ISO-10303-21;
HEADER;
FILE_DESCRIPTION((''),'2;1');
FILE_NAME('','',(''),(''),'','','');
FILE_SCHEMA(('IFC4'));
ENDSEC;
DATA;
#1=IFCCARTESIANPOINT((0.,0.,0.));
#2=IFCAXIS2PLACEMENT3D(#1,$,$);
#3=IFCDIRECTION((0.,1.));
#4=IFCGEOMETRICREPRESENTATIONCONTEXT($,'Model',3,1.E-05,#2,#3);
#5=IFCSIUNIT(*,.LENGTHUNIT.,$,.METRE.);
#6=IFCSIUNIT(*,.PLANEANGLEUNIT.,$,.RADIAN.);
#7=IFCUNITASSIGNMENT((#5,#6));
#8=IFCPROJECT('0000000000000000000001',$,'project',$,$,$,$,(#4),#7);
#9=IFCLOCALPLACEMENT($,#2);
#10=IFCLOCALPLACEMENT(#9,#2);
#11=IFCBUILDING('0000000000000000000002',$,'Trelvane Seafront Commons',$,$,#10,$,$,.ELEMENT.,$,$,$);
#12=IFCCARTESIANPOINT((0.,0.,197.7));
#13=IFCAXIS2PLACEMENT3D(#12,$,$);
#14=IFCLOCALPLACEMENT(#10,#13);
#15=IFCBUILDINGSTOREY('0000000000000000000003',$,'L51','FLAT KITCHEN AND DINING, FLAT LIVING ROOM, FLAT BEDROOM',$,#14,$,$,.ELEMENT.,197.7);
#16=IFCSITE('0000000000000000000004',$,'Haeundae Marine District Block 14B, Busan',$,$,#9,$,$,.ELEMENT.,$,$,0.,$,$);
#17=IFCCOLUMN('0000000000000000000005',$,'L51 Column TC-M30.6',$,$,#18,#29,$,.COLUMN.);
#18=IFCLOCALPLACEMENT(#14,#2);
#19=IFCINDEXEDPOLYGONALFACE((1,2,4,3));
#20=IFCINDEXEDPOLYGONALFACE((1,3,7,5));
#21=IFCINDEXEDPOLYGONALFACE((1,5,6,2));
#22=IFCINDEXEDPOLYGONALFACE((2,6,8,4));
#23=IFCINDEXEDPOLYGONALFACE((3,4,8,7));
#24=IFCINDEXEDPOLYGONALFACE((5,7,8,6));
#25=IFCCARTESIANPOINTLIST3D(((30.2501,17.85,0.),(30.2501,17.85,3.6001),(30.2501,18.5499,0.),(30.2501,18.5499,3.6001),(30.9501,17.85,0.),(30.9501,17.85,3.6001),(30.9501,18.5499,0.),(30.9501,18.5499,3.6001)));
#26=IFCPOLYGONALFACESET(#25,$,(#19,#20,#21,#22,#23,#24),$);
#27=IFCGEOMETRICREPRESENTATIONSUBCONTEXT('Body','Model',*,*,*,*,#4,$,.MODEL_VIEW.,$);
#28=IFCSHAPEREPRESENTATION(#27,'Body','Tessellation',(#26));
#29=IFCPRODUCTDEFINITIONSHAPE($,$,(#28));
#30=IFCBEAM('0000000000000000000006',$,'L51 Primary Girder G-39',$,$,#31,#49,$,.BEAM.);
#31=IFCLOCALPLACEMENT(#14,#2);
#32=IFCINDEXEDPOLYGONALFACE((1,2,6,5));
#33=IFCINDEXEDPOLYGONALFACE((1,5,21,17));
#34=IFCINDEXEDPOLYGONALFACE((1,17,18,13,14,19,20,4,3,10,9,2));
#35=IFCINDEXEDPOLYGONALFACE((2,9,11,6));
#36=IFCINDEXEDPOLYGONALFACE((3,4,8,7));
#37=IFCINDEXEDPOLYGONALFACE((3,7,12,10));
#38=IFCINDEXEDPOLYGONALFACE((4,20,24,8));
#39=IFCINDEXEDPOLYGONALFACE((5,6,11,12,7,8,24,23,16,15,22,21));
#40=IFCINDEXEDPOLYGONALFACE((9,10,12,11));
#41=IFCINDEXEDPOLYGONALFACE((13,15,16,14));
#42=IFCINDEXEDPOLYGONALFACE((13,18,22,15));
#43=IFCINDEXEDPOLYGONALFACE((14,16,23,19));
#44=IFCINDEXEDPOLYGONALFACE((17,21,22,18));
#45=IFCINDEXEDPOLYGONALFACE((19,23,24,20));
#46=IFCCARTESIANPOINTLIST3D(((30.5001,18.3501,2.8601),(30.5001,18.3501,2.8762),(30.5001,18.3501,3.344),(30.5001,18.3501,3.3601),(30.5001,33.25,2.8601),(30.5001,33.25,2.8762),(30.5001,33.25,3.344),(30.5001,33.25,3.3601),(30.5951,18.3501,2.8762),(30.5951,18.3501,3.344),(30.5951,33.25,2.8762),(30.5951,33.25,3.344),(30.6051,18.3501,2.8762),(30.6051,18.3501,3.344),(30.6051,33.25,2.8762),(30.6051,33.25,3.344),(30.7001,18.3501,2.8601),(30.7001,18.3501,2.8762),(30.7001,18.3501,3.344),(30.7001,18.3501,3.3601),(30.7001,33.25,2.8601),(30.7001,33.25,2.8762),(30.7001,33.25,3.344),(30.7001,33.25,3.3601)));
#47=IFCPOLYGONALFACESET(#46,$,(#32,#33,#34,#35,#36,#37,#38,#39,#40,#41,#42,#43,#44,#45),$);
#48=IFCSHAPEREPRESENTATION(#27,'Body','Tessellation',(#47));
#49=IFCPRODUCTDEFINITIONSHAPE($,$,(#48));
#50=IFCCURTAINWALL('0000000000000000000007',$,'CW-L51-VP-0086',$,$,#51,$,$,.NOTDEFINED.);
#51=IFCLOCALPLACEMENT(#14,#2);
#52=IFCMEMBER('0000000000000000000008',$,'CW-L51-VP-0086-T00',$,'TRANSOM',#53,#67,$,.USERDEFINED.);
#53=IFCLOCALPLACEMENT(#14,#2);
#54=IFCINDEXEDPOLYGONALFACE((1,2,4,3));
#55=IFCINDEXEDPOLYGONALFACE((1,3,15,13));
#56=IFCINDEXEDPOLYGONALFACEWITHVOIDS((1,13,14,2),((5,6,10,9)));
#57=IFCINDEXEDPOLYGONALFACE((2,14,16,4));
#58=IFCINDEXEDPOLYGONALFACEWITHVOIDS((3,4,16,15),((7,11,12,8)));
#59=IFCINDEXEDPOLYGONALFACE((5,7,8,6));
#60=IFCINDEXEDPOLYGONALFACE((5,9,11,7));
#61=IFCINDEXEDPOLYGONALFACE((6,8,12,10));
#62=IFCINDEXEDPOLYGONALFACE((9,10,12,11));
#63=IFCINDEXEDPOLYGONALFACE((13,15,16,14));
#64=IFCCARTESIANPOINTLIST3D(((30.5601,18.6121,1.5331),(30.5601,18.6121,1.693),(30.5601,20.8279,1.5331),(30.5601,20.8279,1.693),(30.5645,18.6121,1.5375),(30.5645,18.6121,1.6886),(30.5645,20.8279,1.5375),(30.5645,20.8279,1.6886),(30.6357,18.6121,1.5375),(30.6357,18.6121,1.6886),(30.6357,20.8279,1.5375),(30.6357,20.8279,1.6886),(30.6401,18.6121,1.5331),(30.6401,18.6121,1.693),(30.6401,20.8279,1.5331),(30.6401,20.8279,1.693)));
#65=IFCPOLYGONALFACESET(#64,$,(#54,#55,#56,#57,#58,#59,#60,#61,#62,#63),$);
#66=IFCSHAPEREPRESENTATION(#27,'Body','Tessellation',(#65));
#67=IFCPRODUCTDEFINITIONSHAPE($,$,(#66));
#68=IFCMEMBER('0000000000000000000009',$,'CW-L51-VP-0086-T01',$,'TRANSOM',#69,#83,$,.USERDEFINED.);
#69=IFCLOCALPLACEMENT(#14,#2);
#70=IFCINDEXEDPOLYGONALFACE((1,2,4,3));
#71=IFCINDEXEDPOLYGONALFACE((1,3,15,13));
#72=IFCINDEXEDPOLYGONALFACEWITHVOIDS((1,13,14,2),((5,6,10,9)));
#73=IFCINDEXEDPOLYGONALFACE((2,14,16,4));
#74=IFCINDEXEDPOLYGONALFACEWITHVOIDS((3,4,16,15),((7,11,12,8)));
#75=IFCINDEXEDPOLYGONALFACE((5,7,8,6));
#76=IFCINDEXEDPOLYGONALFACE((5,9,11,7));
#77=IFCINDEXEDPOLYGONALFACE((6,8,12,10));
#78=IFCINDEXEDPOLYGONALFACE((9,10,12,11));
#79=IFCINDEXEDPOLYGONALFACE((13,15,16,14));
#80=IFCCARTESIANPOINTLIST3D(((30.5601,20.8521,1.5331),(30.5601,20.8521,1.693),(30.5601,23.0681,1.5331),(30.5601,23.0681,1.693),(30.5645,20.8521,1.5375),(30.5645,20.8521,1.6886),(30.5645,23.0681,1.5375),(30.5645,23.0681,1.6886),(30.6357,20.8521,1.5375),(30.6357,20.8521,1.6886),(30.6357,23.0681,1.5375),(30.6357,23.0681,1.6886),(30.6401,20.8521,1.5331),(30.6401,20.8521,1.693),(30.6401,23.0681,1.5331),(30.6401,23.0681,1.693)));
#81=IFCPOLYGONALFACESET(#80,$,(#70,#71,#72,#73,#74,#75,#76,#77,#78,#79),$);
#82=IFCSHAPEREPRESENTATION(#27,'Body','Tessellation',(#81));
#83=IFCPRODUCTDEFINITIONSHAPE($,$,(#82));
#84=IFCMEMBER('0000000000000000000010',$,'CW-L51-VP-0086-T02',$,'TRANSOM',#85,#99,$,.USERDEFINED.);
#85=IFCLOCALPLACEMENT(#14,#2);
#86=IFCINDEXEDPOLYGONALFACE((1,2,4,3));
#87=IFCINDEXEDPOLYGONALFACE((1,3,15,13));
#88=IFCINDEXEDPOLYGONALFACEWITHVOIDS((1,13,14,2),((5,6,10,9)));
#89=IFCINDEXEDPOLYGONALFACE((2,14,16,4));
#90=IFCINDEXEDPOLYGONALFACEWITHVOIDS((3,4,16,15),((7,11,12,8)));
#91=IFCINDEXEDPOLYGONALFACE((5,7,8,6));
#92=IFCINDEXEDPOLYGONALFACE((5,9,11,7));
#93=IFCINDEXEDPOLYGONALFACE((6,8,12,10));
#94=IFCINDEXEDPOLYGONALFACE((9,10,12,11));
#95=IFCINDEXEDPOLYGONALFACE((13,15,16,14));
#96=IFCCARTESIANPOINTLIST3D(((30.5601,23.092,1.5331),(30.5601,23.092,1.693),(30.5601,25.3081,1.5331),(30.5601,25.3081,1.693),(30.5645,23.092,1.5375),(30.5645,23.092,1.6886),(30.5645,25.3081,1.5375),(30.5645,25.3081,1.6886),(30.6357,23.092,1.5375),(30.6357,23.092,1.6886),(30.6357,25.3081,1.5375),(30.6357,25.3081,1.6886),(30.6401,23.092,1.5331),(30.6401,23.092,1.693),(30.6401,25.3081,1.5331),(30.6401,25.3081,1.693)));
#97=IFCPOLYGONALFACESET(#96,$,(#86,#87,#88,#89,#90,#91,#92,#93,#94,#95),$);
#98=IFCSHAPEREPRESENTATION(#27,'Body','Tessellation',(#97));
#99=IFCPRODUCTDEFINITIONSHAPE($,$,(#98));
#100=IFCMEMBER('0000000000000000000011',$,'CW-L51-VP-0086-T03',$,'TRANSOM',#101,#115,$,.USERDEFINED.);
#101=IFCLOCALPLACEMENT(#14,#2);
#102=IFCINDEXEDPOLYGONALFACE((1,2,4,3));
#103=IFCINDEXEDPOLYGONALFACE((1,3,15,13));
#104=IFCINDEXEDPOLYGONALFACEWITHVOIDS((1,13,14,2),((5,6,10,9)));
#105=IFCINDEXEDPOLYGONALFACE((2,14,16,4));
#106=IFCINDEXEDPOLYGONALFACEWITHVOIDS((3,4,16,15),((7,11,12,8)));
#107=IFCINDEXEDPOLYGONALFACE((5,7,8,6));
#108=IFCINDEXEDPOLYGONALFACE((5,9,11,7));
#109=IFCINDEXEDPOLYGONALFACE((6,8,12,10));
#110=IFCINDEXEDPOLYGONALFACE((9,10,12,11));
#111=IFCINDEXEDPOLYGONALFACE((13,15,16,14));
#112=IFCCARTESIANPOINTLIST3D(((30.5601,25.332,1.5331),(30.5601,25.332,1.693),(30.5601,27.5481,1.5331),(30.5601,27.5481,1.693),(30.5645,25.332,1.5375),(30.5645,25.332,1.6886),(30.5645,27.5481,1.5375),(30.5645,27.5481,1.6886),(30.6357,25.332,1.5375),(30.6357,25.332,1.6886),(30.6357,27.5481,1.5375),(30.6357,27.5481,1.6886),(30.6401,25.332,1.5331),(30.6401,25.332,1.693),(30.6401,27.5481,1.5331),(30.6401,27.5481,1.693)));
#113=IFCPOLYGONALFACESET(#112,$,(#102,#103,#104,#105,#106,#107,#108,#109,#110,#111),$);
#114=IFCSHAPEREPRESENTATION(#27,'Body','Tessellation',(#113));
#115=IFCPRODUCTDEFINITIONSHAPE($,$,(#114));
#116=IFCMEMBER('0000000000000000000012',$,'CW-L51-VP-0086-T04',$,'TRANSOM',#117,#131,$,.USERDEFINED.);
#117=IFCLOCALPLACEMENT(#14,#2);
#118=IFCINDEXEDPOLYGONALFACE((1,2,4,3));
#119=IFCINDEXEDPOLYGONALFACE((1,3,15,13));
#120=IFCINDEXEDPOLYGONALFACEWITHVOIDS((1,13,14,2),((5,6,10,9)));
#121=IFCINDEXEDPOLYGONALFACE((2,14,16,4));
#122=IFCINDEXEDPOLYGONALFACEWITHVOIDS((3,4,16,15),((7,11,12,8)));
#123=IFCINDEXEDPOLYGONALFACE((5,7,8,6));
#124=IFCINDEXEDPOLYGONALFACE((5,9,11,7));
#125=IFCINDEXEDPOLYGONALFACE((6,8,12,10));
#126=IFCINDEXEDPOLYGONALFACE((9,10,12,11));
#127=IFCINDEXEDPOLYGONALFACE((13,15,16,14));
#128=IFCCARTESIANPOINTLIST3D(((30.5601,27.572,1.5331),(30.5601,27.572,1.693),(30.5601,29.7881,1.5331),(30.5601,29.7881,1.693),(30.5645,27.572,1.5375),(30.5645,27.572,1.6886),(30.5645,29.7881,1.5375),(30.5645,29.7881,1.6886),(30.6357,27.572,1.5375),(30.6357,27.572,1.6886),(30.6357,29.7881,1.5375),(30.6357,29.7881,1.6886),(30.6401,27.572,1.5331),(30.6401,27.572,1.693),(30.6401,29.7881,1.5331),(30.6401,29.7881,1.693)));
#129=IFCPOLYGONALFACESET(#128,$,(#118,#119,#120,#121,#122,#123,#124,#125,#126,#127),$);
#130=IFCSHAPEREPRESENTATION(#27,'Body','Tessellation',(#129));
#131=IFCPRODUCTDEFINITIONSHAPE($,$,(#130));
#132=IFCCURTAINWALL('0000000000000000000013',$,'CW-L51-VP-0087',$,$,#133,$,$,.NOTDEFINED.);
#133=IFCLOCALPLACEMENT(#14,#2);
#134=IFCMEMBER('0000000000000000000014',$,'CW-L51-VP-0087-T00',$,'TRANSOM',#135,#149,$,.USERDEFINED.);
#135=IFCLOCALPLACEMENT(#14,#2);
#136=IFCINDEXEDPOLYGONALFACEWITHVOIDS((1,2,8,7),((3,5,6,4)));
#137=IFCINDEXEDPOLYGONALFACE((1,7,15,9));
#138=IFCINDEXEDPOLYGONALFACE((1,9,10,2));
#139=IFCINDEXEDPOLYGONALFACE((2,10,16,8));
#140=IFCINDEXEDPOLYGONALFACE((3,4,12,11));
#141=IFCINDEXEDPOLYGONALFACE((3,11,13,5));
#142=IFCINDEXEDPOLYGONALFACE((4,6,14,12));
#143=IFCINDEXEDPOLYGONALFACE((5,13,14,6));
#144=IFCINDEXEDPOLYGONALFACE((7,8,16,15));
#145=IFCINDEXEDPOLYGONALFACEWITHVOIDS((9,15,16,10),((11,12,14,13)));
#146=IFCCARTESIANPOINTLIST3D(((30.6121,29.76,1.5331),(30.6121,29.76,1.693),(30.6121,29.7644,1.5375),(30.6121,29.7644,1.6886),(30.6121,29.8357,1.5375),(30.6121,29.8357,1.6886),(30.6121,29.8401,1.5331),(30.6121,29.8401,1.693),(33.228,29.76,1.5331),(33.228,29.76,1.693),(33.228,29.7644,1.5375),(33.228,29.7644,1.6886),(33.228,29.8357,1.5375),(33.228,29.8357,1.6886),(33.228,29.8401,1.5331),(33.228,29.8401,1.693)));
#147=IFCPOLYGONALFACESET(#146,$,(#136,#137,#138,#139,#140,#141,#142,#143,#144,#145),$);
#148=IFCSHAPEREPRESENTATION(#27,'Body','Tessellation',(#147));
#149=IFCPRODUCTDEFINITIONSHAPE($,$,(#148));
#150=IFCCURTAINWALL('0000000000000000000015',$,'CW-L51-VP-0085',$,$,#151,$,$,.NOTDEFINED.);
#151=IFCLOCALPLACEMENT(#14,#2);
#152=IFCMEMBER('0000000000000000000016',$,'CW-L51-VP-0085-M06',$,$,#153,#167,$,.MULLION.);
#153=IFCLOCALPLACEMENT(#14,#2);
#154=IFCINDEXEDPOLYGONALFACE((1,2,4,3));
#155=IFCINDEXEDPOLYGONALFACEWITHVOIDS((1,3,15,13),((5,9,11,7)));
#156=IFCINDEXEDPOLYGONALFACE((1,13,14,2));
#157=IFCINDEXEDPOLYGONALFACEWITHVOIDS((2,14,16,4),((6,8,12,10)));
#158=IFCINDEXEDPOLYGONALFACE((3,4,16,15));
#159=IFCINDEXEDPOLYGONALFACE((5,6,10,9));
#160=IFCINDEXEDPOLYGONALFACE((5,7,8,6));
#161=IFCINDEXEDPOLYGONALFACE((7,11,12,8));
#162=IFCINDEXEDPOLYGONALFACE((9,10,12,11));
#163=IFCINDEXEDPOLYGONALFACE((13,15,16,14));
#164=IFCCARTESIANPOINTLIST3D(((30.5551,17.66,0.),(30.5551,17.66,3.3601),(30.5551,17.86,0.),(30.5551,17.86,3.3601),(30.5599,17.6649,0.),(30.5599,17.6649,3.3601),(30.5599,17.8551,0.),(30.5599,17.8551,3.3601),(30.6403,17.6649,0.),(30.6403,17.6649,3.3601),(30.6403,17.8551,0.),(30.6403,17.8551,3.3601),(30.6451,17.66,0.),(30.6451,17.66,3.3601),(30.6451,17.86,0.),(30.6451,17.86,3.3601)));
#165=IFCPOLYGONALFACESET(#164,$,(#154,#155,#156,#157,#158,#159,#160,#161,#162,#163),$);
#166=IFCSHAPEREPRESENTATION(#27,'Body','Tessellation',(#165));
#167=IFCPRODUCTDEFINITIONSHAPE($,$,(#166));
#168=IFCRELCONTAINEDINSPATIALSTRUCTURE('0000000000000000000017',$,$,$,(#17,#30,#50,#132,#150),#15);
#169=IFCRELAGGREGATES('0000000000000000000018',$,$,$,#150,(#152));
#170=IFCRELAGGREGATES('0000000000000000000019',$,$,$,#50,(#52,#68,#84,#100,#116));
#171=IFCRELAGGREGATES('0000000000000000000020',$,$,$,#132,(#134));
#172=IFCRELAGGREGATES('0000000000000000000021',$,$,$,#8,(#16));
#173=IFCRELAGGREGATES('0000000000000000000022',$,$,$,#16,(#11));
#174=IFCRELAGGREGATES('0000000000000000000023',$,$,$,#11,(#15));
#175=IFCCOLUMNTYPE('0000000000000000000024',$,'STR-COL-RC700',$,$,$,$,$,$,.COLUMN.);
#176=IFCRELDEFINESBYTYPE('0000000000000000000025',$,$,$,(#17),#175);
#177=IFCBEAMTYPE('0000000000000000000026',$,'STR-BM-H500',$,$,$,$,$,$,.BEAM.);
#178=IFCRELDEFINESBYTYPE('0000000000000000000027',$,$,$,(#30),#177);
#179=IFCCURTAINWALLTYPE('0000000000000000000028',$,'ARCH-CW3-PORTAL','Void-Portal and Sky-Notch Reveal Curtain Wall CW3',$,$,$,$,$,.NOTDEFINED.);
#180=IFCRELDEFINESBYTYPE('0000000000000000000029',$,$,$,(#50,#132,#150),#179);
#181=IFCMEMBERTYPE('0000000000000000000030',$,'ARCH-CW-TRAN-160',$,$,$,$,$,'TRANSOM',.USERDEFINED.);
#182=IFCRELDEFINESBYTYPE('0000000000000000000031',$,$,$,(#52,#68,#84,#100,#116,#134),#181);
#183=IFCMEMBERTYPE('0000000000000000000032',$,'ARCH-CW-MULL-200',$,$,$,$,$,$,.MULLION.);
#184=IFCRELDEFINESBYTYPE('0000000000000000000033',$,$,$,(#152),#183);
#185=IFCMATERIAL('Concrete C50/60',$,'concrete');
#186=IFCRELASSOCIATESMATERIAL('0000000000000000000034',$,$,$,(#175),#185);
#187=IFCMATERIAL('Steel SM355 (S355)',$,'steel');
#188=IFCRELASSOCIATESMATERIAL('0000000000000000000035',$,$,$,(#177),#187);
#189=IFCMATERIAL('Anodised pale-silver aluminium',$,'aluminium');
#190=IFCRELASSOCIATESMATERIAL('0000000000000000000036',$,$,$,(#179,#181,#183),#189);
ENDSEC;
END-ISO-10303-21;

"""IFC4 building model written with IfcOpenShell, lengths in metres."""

from ifc_helpers import new_model, si_unit, direction, frame, origin, origin_2d, place, context, subcontext, project, spatial, rectangle, hollow_rectangle, i_section, extrude, source, transform, mapped, material, material_profile, profile_set, type_object, element, aggregate, save


model = new_model("IFC4")

# Units and contexts
model_context = context("Model", 3, precision=1e-05, world=origin(), true_north=direction((0.0, 1.0)))
body_context = subcontext(model_context, "Body", "Model", "MODEL_VIEW")
ifc_project = project(units=[si_unit("LENGTHUNIT", "METRE"), si_unit("PLANEANGLEUNIT", "RADIAN")], contexts=[model_context])

# Site, building, storey
site_placement = place(None, origin())
site = spatial("IfcSite", under=ifc_project, at=site_placement, Name="Haeundae Marine District Block 14B, Busan", CompositionType="ELEMENT", RefElevation=0.0)
building_placement = place(site_placement, origin())
building = spatial("IfcBuilding", under=site, at=building_placement, Name="Trelvane Seafront Commons", CompositionType="ELEMENT")
storey_placement = place(building_placement, frame((0.0, 0.0, 197.7)))
storey = spatial("IfcBuildingStorey", under=building, at=storey_placement, Name="L51", Description="FLAT KITCHEN AND DINING, FLAT LIVING ROOM, FLAT BEDROOM", CompositionType="ELEMENT", Elevation=197.7)

# Column
ifc_material_1 = material(Name="Concrete C50/60", Category="concrete")
ifc_material_profile_1 = material_profile(ifc_material_1, rectangle(XDim=0.7, YDim=0.7, at=origin_2d()), Name="RC-700x700")
ifc_profile_set_1 = profile_set([ifc_material_profile_1], Name="Concrete C50/60")
column_type = type_object("IfcColumnType", Name="STR-COL-RC700", PredefinedType="COLUMN", material=ifc_profile_set_1)
shared_shape_1 = source(origin(), body_context, "Body", "SweptSolid", [
    extrude(rectangle(XDim=0.7, YDim=0.7, at=origin_2d()), origin(), (0.0, 0.0, 1.0), 3.6001),
])
column_placement = place(storey_placement, frame((30.6001, 18.2, 0.0), z_axis=(0.0, 0.0, 1.0), x_axis=(1.0, 0.0, 0.0)))
element("IfcColumn", 1, at=column_placement, inside=storey, type_object=column_type, Name="L51 Column TC-M30.6", PredefinedType="COLUMN", context=body_context, shape_type="MappedRepresentation", body=[
    mapped(shared_shape_1, transform((0.0, 0.0, 0.0), x_axis=(1.0, 0.0, 0.0), y_axis=(0.0, 1.0, 0.0), z_axis=(0.0, 0.0, 1.0), scale=1.0)),
])

# Beam
ifc_material_2 = material(Name="Steel SM355 (S355)", Category="steel")
ifc_material_profile_2 = material_profile(ifc_material_2, i_section(OverallWidth=0.2, OverallDepth=0.5, WebThickness=0.01, FlangeThickness=0.0161, at=origin_2d()), Name="H-500x200x10x16")
ifc_profile_set_2 = profile_set([ifc_material_profile_2], Name="Steel SM355 (S355)")
beam_type = type_object("IfcBeamType", Name="STR-BM-H500", PredefinedType="BEAM", material=ifc_profile_set_2)
shared_shape_2 = source(origin(), body_context, "Body", "SweptSolid", [
    extrude(i_section(OverallWidth=0.2, OverallDepth=0.5, WebThickness=0.01, FlangeThickness=0.0161, at=origin_2d()), origin(), (0.0, 0.0, 1.0), 14.8999),
])
beam_placement = place(storey_placement, frame((30.6001, 18.3501, 3.1101), z_axis=(0.0, 1.0, 0.0), x_axis=(-1.0, 0.0, 0.0)))
element("IfcBeam", 2, at=beam_placement, inside=storey, type_object=beam_type, Name="L51 Primary Girder G-39", PredefinedType="BEAM", context=body_context, shape_type="MappedRepresentation", body=[
    mapped(shared_shape_2, transform((0.0, 0.0, 0.0), x_axis=(1.0, 0.0, 0.0), y_axis=(0.0, 1.0, 0.0), z_axis=(0.0, 0.0, 1.0), scale=1.0)),
])

# Curtain wall, members
ifc_material_3 = material(Name="Anodised pale-silver aluminium", Category="aluminium")
curtain_wall_type = type_object("IfcCurtainWallType", Name="ARCH-CW3-PORTAL", Description="Void-Portal and Sky-Notch Reveal Curtain Wall CW3", PredefinedType="NOTDEFINED", material=ifc_material_3)
curtain_wall_1_placement = place(storey_placement, origin())
curtain_wall_1 = element("IfcCurtainWall", 3, at=curtain_wall_1_placement, inside=storey, type_object=curtain_wall_type, Name="CW-L51-VP-0086", PredefinedType="NOTDEFINED")
ifc_material_profile_3 = material_profile(ifc_material_3, hollow_rectangle(XDim=0.0801, YDim=0.1599, WallThickness=0.0044, at=origin_2d()), Name="TRAN-80x160x4.5")
ifc_profile_set_3 = profile_set([ifc_material_profile_3], Name="Anodised pale-silver aluminium")
member_type_1 = type_object("IfcMemberType", Name="ARCH-CW-TRAN-160", ElementType="TRANSOM", PredefinedType="USERDEFINED", material=ifc_profile_set_3)
shared_shape_3 = source(origin(), body_context, "Body", "SweptSolid", [
    extrude(hollow_rectangle(XDim=0.0801, YDim=0.1599, WallThickness=0.0044, at=origin_2d()), origin(), (0.0, 0.0, 1.0), 2.2158),
])
member_1_placement = place(storey_placement, frame((30.6001, 18.6121, 1.613), z_axis=(0.0, 1.0, 0.0), x_axis=(-1.0, 0.0, 0.0)))
member_1 = element("IfcMember", 4, at=member_1_placement, type_object=member_type_1, Name="CW-L51-VP-0086-T00", ObjectType="TRANSOM", PredefinedType="USERDEFINED", context=body_context, shape_type="MappedRepresentation", body=[
    mapped(shared_shape_3, transform((0.0, 0.0, 0.0), x_axis=(1.0, 0.0, 0.0), y_axis=(0.0, 1.0, 0.0), z_axis=(0.0, 0.0, 1.0), scale=1.0)),
])
shared_shape_4 = source(origin(), body_context, "Body", "SweptSolid", [
    extrude(hollow_rectangle(XDim=0.0801, YDim=0.1599, WallThickness=0.0044, at=origin_2d()), origin(), (0.0, 0.0, 1.0), 2.2161),
])
member_2_placement = place(storey_placement, frame((30.6001, 20.8521, 1.613), z_axis=(0.0, 1.0, 0.0), x_axis=(-1.0, 0.0, 0.0)))
member_2 = element("IfcMember", 5, at=member_2_placement, type_object=member_type_1, Name="CW-L51-VP-0086-T01", ObjectType="TRANSOM", PredefinedType="USERDEFINED", context=body_context, shape_type="MappedRepresentation", body=[
    mapped(shared_shape_4, transform((0.0, 0.0, 0.0), x_axis=(1.0, 0.0, 0.0), y_axis=(0.0, 1.0, 0.0), z_axis=(0.0, 0.0, 1.0), scale=1.0)),
])
member_3_placement = place(storey_placement, frame((30.6001, 23.092, 1.613), z_axis=(0.0, 1.0, 0.0), x_axis=(-1.0, 0.0, 0.0)))
member_3 = element("IfcMember", 6, at=member_3_placement, type_object=member_type_1, Name="CW-L51-VP-0086-T02", ObjectType="TRANSOM", PredefinedType="USERDEFINED", context=body_context, shape_type="MappedRepresentation", body=[
    mapped(shared_shape_4, transform((0.0, 0.0, 0.0), x_axis=(1.0, 0.0, 0.0), y_axis=(0.0, 1.0, 0.0), z_axis=(0.0, 0.0, 1.0), scale=1.0)),
])
member_4_placement = place(storey_placement, frame((30.6001, 25.332, 1.613), z_axis=(0.0, 1.0, 0.0), x_axis=(-1.0, 0.0, 0.0)))
member_4 = element("IfcMember", 7, at=member_4_placement, type_object=member_type_1, Name="CW-L51-VP-0086-T03", ObjectType="TRANSOM", PredefinedType="USERDEFINED", context=body_context, shape_type="MappedRepresentation", body=[
    mapped(shared_shape_4, transform((0.0, 0.0, 0.0), x_axis=(1.0, 0.0, 0.0), y_axis=(0.0, 1.0, 0.0), z_axis=(0.0, 0.0, 1.0), scale=1.0)),
])
member_5_placement = place(storey_placement, frame((30.6001, 27.572, 1.613), z_axis=(0.0, 1.0, 0.0), x_axis=(-1.0, 0.0, 0.0)))
member_5 = element("IfcMember", 8, at=member_5_placement, type_object=member_type_1, Name="CW-L51-VP-0086-T04", ObjectType="TRANSOM", PredefinedType="USERDEFINED", context=body_context, shape_type="MappedRepresentation", body=[
    mapped(shared_shape_4, transform((0.0, 0.0, 0.0), x_axis=(1.0, 0.0, 0.0), y_axis=(0.0, 1.0, 0.0), z_axis=(0.0, 0.0, 1.0), scale=1.0)),
])

# Curtain walls, members
curtain_wall_2_placement = place(storey_placement, origin())
curtain_wall_2 = element("IfcCurtainWall", 9, at=curtain_wall_2_placement, inside=storey, type_object=curtain_wall_type, Name="CW-L51-VP-0087", PredefinedType="NOTDEFINED")
shared_shape_5 = source(origin(), body_context, "Body", "SweptSolid", [
    extrude(hollow_rectangle(XDim=0.0801, YDim=0.1599, WallThickness=0.0044, at=origin_2d()), origin(), (0.0, 0.0, 1.0), 2.616),
])
member_6_placement = place(storey_placement, frame((30.6121, 29.8, 1.613), z_axis=(1.0, 0.0, 0.0), x_axis=(0.0, 1.0, 0.0)))
member_6 = element("IfcMember", 10, at=member_6_placement, type_object=member_type_1, Name="CW-L51-VP-0087-T00", ObjectType="TRANSOM", PredefinedType="USERDEFINED", context=body_context, shape_type="MappedRepresentation", body=[
    mapped(shared_shape_5, transform((0.0, 0.0, 0.0), x_axis=(1.0, 0.0, 0.0), y_axis=(0.0, 1.0, 0.0), z_axis=(0.0, 0.0, 1.0), scale=1.0)),
])
curtain_wall_3_placement = place(storey_placement, origin())
curtain_wall_3 = element("IfcCurtainWall", 11, at=curtain_wall_3_placement, inside=storey, type_object=curtain_wall_type, Name="CW-L51-VP-0085", PredefinedType="NOTDEFINED")
ifc_material_profile_4 = material_profile(ifc_material_3, hollow_rectangle(XDim=0.0901, YDim=0.2, WallThickness=0.0049, at=origin_2d()), Name="MULL-90x200x5")
ifc_profile_set_4 = profile_set([ifc_material_profile_4], Name="Anodised pale-silver aluminium")
member_type_2 = type_object("IfcMemberType", Name="ARCH-CW-MULL-200", PredefinedType="MULLION", material=ifc_profile_set_4)
shared_shape_6 = source(origin(), body_context, "Body", "SweptSolid", [
    extrude(hollow_rectangle(XDim=0.0901, YDim=0.2, WallThickness=0.0049, at=origin_2d()), origin(), (0.0, 0.0, 1.0), 3.3601),
])
member_7_placement = place(storey_placement, frame((30.6001, 17.76, 0.0), z_axis=(0.0, 0.0, 1.0), x_axis=(1.0, 0.0, 0.0)))
member_7 = element("IfcMember", 12, at=member_7_placement, type_object=member_type_2, Name="CW-L51-VP-0085-M06", PredefinedType="MULLION", context=body_context, shape_type="MappedRepresentation", body=[
    mapped(shared_shape_6, transform((0.0, 0.0, 0.0), x_axis=(1.0, 0.0, 0.0), y_axis=(0.0, 1.0, 0.0), z_axis=(0.0, 0.0, 1.0), scale=1.0)),
])

aggregate(curtain_wall_3, [member_7])
aggregate(curtain_wall_1, [member_1, member_2, member_3, member_4, member_5])
aggregate(curtain_wall_2, [member_6])

save(model, "model.ifc")
